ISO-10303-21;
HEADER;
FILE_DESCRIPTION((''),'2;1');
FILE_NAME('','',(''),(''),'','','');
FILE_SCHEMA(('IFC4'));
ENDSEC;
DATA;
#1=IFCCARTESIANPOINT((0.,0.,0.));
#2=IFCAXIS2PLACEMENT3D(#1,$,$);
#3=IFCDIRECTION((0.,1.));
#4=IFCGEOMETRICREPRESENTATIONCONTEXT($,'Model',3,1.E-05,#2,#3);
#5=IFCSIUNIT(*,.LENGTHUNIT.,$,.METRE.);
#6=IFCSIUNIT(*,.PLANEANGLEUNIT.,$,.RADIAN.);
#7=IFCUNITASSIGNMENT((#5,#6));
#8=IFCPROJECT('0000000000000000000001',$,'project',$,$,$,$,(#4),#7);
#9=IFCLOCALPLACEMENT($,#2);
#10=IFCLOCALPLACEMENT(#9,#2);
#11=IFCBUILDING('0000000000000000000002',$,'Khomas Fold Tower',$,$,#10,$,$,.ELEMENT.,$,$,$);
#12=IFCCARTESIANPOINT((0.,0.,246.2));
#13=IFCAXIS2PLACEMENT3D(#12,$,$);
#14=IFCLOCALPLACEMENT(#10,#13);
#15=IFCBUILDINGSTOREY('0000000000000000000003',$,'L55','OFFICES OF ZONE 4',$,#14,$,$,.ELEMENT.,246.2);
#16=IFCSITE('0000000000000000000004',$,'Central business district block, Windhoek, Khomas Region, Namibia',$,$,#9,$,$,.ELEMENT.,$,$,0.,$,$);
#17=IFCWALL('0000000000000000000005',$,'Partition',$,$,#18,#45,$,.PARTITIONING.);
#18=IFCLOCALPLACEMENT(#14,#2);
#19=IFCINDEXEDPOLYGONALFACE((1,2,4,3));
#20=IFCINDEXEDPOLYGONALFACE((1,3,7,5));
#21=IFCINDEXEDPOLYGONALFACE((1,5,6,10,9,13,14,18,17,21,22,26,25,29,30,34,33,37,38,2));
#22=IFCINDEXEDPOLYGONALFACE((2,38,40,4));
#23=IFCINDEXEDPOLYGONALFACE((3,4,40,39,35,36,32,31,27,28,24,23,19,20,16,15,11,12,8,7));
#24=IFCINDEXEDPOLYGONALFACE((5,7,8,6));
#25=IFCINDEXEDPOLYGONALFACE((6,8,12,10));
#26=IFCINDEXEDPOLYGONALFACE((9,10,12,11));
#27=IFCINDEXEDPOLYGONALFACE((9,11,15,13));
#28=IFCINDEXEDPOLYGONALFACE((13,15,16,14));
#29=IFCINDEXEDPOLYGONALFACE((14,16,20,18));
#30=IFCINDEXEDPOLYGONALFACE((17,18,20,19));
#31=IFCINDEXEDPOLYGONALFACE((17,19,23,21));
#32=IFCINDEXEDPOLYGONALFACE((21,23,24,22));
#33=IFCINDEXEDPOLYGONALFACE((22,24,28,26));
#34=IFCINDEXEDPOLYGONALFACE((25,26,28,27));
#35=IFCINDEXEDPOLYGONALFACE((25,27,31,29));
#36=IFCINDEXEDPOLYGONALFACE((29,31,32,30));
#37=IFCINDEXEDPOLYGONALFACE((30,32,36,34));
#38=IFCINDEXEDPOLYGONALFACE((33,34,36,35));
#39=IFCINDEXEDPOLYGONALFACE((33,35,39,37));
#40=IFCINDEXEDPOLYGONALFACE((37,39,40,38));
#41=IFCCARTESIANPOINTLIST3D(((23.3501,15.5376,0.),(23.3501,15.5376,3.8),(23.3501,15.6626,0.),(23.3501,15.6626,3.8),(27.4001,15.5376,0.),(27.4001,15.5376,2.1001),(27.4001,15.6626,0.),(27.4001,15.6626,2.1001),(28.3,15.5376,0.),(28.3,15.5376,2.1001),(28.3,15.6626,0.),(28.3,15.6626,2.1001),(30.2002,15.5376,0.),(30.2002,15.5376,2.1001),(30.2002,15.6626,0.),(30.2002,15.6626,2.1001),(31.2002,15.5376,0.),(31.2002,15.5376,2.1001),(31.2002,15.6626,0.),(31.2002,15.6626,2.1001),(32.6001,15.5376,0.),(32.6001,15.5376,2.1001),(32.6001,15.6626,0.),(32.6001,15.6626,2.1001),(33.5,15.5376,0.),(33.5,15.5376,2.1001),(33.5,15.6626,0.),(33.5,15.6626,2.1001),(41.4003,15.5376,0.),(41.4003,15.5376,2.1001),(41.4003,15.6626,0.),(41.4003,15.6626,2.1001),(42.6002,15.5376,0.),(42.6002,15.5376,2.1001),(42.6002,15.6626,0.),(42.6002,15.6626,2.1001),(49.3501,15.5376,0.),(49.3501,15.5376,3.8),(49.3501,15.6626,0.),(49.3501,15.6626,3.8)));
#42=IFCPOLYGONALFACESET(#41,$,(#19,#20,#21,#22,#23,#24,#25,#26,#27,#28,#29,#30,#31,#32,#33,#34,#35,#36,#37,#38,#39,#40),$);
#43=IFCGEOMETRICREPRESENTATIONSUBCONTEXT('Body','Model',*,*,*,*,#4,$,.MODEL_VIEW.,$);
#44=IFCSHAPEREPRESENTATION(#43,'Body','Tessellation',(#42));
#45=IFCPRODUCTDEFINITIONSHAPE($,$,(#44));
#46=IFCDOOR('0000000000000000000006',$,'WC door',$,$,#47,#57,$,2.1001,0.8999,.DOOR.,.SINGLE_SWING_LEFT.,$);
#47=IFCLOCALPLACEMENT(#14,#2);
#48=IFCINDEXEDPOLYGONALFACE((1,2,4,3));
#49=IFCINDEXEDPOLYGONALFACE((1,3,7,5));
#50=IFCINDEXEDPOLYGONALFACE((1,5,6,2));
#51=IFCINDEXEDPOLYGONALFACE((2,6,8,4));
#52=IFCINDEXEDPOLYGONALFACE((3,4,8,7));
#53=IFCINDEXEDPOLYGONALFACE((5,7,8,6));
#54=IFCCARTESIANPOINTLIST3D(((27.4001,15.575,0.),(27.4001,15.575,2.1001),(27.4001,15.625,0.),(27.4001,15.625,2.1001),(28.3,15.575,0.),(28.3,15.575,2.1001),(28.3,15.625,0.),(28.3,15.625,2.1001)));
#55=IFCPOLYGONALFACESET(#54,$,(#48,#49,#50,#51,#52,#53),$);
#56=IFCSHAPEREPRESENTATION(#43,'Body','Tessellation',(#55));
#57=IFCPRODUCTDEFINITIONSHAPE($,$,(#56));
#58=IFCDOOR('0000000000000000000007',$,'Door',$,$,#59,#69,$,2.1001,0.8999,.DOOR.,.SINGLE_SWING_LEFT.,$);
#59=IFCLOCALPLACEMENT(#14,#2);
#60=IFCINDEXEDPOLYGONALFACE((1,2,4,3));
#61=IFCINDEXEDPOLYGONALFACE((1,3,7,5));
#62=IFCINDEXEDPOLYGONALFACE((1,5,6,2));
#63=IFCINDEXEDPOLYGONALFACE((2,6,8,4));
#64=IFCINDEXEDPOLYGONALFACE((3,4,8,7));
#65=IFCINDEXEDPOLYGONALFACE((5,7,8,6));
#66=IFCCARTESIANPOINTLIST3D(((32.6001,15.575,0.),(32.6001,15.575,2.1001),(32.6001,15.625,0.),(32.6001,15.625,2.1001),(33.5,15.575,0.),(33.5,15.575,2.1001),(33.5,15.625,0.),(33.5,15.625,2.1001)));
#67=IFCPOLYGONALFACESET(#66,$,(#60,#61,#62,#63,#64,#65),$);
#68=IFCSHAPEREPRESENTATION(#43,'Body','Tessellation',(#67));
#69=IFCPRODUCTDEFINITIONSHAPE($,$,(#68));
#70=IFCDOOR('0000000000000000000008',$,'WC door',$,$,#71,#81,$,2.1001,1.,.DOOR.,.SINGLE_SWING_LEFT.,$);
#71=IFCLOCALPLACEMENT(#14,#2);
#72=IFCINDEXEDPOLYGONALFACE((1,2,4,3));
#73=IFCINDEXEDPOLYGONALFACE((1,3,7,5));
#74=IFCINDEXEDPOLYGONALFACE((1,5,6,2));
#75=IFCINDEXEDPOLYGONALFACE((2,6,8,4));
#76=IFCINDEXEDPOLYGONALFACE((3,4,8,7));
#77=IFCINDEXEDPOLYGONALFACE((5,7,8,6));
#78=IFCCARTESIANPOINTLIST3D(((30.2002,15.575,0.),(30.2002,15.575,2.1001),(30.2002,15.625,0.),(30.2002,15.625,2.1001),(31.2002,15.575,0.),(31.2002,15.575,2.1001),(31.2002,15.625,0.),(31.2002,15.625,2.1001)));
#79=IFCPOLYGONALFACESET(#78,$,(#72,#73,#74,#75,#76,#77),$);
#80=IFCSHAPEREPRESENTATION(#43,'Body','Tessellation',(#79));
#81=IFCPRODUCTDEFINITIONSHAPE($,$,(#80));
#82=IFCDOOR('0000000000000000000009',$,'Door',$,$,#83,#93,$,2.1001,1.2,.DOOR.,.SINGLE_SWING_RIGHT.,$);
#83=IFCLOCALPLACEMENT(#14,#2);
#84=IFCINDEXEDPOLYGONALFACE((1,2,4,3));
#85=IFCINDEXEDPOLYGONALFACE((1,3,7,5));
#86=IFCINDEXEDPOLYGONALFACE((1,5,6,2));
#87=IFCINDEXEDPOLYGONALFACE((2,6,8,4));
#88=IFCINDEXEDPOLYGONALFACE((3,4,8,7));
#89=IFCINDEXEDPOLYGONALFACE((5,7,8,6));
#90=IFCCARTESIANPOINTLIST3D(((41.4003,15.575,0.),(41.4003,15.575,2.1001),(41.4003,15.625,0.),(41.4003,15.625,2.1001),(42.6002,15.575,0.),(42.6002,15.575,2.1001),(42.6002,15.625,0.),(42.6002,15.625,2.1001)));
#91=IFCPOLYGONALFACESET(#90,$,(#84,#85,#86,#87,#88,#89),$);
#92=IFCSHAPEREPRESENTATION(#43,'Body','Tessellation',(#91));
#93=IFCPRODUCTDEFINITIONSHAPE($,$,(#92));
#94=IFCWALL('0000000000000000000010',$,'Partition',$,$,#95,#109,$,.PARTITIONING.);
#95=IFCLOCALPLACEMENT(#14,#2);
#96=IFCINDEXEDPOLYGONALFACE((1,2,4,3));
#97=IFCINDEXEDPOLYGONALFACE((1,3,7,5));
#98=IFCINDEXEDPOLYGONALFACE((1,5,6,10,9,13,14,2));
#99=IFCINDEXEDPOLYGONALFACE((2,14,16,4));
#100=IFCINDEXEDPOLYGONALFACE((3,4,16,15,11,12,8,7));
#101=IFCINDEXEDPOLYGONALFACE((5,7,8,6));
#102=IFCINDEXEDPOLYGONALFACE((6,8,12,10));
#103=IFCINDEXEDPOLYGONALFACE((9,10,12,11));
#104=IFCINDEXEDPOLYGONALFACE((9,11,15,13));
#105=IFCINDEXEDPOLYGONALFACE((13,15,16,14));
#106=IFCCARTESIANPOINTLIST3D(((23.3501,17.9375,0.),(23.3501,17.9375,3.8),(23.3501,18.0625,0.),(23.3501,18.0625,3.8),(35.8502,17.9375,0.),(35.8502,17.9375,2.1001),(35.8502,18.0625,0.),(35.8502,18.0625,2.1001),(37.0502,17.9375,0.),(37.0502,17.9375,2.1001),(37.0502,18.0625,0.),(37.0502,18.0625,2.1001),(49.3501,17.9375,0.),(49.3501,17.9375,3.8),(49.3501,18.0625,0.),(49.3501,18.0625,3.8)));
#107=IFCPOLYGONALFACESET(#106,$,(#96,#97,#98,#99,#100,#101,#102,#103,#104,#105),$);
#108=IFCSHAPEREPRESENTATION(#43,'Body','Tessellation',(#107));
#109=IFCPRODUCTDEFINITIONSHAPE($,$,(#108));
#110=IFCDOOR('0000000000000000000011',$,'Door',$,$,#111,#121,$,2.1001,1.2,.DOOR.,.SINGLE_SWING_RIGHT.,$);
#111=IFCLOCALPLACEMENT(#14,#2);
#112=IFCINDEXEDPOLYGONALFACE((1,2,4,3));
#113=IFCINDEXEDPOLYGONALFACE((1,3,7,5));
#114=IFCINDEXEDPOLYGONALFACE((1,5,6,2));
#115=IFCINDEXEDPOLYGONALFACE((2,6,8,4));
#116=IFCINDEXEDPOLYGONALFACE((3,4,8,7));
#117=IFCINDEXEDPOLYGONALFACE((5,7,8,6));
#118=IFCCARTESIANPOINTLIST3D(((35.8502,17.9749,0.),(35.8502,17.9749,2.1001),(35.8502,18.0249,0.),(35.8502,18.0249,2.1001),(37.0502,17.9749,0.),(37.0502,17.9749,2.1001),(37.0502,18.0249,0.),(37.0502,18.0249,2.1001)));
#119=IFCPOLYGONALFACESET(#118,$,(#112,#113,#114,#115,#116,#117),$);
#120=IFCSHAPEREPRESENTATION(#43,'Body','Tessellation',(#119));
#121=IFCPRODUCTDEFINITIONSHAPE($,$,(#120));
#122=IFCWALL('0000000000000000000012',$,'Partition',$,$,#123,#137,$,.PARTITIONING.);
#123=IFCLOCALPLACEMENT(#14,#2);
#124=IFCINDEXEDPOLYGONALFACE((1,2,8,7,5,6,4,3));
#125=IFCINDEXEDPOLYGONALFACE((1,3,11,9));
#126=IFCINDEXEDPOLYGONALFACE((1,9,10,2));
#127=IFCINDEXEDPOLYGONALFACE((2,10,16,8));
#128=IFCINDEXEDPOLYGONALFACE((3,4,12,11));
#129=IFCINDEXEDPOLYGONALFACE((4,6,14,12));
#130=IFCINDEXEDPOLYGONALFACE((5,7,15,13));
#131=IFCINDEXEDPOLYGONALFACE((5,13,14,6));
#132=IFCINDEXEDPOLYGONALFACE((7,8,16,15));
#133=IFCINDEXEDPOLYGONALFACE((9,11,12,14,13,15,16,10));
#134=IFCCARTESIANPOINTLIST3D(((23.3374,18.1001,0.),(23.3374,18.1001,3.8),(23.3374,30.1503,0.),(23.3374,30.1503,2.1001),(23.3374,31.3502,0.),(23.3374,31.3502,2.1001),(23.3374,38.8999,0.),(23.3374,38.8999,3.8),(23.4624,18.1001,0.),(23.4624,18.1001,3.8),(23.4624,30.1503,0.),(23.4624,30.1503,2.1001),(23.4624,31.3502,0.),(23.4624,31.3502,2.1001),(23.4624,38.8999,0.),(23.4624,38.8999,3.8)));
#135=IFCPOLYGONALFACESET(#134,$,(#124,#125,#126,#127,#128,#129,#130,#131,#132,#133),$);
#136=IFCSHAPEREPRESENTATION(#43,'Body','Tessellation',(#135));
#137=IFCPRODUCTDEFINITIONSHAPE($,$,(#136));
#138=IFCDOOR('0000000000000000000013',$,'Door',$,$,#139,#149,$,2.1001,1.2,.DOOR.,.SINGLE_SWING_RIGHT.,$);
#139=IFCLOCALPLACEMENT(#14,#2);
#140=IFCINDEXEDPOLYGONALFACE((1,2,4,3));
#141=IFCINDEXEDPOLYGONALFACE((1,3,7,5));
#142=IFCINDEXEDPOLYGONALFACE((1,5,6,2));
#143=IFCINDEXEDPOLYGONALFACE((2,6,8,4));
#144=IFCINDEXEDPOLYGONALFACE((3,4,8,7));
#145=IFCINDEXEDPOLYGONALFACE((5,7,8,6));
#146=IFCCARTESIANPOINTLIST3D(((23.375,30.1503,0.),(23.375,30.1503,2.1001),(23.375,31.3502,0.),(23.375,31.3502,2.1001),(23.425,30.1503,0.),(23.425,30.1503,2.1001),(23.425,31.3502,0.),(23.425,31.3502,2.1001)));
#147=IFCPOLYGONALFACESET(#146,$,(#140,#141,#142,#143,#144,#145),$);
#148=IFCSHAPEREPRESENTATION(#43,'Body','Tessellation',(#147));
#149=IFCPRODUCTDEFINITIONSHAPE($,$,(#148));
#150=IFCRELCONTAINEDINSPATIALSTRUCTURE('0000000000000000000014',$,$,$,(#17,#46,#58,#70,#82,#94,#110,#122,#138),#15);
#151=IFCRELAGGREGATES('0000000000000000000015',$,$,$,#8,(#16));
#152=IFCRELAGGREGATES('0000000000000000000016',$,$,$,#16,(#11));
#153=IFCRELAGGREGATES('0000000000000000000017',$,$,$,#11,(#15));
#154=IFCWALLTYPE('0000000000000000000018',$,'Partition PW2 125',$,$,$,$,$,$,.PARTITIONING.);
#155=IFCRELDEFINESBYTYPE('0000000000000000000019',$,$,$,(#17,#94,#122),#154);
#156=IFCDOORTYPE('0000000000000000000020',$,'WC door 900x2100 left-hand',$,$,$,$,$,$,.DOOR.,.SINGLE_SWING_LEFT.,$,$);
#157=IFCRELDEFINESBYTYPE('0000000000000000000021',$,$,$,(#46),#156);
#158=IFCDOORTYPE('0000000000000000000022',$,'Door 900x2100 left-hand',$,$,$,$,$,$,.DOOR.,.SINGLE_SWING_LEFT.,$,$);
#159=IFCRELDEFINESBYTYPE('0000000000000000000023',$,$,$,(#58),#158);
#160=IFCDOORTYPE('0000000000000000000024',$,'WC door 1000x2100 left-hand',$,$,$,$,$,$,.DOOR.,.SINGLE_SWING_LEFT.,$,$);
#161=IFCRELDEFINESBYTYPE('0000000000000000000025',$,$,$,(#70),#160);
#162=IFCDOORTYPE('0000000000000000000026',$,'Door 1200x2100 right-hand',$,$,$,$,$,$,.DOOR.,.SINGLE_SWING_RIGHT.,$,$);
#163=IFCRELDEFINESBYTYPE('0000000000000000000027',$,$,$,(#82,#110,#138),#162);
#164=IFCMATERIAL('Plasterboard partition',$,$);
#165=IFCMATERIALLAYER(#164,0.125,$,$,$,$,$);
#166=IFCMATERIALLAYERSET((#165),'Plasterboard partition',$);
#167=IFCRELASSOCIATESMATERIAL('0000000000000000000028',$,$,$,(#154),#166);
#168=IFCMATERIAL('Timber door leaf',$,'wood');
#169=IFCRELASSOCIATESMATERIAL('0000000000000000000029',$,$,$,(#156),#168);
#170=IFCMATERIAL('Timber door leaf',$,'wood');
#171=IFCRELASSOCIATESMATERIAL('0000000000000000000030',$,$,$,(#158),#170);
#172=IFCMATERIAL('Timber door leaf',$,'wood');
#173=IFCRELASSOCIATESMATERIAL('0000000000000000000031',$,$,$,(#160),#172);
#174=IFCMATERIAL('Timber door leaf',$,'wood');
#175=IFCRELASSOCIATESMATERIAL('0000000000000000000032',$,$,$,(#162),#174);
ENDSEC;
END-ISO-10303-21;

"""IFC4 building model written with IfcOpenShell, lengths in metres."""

from ifc_helpers import new_model, si_unit, direction, frame, frame_2d, origin, place, context, subcontext, project, spatial, rectangle, extrude, source, transform, mapped, material, layer, layer_set, type_object, element, fill, save


model = new_model("IFC4")

# Units and contexts
model_context = context("Model", 3, precision=1e-05, world=origin(), true_north=direction((0.0, 1.0)))
body_context = subcontext(model_context, "Body", "Model", "MODEL_VIEW")
ifc_project = project(units=[si_unit("LENGTHUNIT", "METRE"), si_unit("PLANEANGLEUNIT", "RADIAN")], contexts=[model_context])

# Site, building, storey
site_placement = place(None, origin())
site = spatial("IfcSite", under=ifc_project, at=site_placement, Name="Central business district block, Windhoek, Khomas Region, Namibia", CompositionType="ELEMENT", RefElevation=0.0)
building_placement = place(site_placement, origin())
building = spatial("IfcBuilding", under=site, at=building_placement, Name="Khomas Fold Tower", CompositionType="ELEMENT")
storey_placement = place(building_placement, frame((0.0, 0.0, 246.2)))
storey = spatial("IfcBuildingStorey", under=building, at=storey_placement, Name="L55", Description="OFFICES OF ZONE 4", CompositionType="ELEMENT", Elevation=246.2)

# Wall, openings, doors
ifc_material_1 = material(Name="Plasterboard partition")
ifc_layer_1 = layer(ifc_material_1, 0.125)
ifc_layer_set_1 = layer_set([ifc_layer_1], Name="Plasterboard partition")
wall_type_1 = type_object("IfcWallType", Name="Partition PW2 125", PredefinedType="PARTITIONING", material=ifc_layer_set_1)
shared_shape_1 = source(origin(), body_context, "Body", "SweptSolid", [
    extrude(rectangle(XDim=26.0, YDim=0.125, at=frame_2d((13.0, 0.0))), origin(), (0.0, 0.0, 1.0), 3.8),
])
wall_1_placement = place(storey_placement, frame((23.3501, 15.6001, 0.0), z_axis=(0.0, 0.0, 1.0), x_axis=(1.0, 0.0, 0.0)))
wall_1 = element("IfcWall", 1, at=wall_1_placement, inside=storey, type_object=wall_type_1, Name="Partition", PredefinedType="PARTITIONING", context=body_context, shape_type="MappedRepresentation", body=[
    mapped(shared_shape_1, transform((0.0, 0.0, 0.0))),
])
shared_shape_2 = source(origin(), body_context, "Body", "SweptSolid", [
    extrude(rectangle(XDim=0.8999, YDim=2.1001, at=frame_2d((0.45, 1.05))), frame((0.0, 0.0725, 0.0), z_axis=(0.0, -1.0, 0.0), x_axis=(1.0, 0.0, 0.0)), (0.0, 0.0, 1.0), 0.145),
])
opening_1_placement = place(wall_1_placement, frame((4.05, 0.0, 0.0)))
opening_1 = element("IfcOpeningElement", 2, at=opening_1_placement, cuts=wall_1, PredefinedType="OPENING", context=body_context, shape_type="MappedRepresentation", body=[
    mapped(shared_shape_2, transform((0.0, 0.0, 0.0))),
])
shared_shape_3 = source(origin(), body_context, "Body", "SweptSolid", [
    extrude(rectangle(XDim=1.0, YDim=2.1001, at=frame_2d((0.5, 1.05))), frame((0.0, 0.0725, 0.0), z_axis=(0.0, -1.0, 0.0), x_axis=(1.0, 0.0, 0.0)), (0.0, 0.0, 1.0), 0.145),
])
opening_2_placement = place(wall_1_placement, frame((6.8501, 0.0, 0.0)))
opening_2 = element("IfcOpeningElement", 3, at=opening_2_placement, cuts=wall_1, PredefinedType="OPENING", context=body_context, shape_type="MappedRepresentation", body=[
    mapped(shared_shape_3, transform((0.0, 0.0, 0.0))),
])
opening_3_placement = place(wall_1_placement, frame((9.25, 0.0, 0.0)))
opening_3 = element("IfcOpeningElement", 4, at=opening_3_placement, cuts=wall_1, PredefinedType="OPENING", context=body_context, shape_type="MappedRepresentation", body=[
    mapped(shared_shape_2, transform((0.0, 0.0, 0.0))),
])
shared_shape_4 = source(origin(), body_context, "Body", "SweptSolid", [
    extrude(rectangle(XDim=1.2, YDim=2.1001, at=frame_2d((0.6001, 1.05))), frame((0.0, 0.0725, 0.0), z_axis=(0.0, -1.0, 0.0), x_axis=(1.0, 0.0, 0.0)), (0.0, 0.0, 1.0), 0.145),
])
opening_4_placement = place(wall_1_placement, frame((18.05, 0.0, 0.0)))
opening_4 = element("IfcOpeningElement", 5, at=opening_4_placement, cuts=wall_1, PredefinedType="OPENING", context=body_context, shape_type="MappedRepresentation", body=[
    mapped(shared_shape_4, transform((0.0, 0.0, 0.0))),
])
ifc_material_2 = material(Name="Timber door leaf", Category="wood")
door_type_1 = type_object("IfcDoorType", Name="WC door 900x2100 left-hand", OperationType="SINGLE_SWING_LEFT", PredefinedType="DOOR", material=ifc_material_2)
shared_shape_5 = source(origin(), body_context, "Body", "SweptSolid", [
    extrude(rectangle(XDim=0.8999, YDim=2.1001, at=frame_2d((0.45, 1.05))), frame((0.0, 0.0249, 0.0), z_axis=(0.0, -1.0, 0.0), x_axis=(1.0, 0.0, 0.0)), (0.0, 0.0, 1.0), 0.05),
])
door_1_placement = place(opening_1_placement, origin())
door_1 = element("IfcDoor", 6, at=door_1_placement, inside=storey, type_object=door_type_1, Name="WC door", OperationType="SINGLE_SWING_LEFT", OverallHeight=2.1001, OverallWidth=0.8999, PredefinedType="DOOR", context=body_context, shape_type="MappedRepresentation", body=[
    mapped(shared_shape_5, transform((0.0, 0.0, 0.0))),
])
fill(opening_1, door_1)
ifc_material_3 = material(Name="Timber door leaf", Category="wood")
door_type_2 = type_object("IfcDoorType", Name="Door 900x2100 left-hand", OperationType="SINGLE_SWING_LEFT", PredefinedType="DOOR", material=ifc_material_3)
door_2_placement = place(opening_3_placement, origin())
door_2 = element("IfcDoor", 7, at=door_2_placement, inside=storey, type_object=door_type_2, Name="Door", OperationType="SINGLE_SWING_LEFT", OverallHeight=2.1001, OverallWidth=0.8999, PredefinedType="DOOR", context=body_context, shape_type="MappedRepresentation", body=[
    mapped(shared_shape_5, transform((0.0, 0.0, 0.0))),
])
fill(opening_3, door_2)
ifc_material_4 = material(Name="Timber door leaf", Category="wood")
door_type_3 = type_object("IfcDoorType", Name="WC door 1000x2100 left-hand", OperationType="SINGLE_SWING_LEFT", PredefinedType="DOOR", material=ifc_material_4)
shared_shape_6 = source(origin(), body_context, "Body", "SweptSolid", [
    extrude(rectangle(XDim=1.0, YDim=2.1001, at=frame_2d((0.5, 1.05))), frame((0.0, 0.0249, 0.0), z_axis=(0.0, -1.0, 0.0), x_axis=(1.0, 0.0, 0.0)), (0.0, 0.0, 1.0), 0.05),
])
door_3_placement = place(opening_2_placement, origin())
door_3 = element("IfcDoor", 8, at=door_3_placement, inside=storey, type_object=door_type_3, Name="WC door", OperationType="SINGLE_SWING_LEFT", OverallHeight=2.1001, OverallWidth=1.0, PredefinedType="DOOR", context=body_context, shape_type="MappedRepresentation", body=[
    mapped(shared_shape_6, transform((0.0, 0.0, 0.0))),
])
fill(opening_2, door_3)
ifc_material_5 = material(Name="Timber door leaf", Category="wood")
door_type_4 = type_object("IfcDoorType", Name="Door 1200x2100 right-hand", OperationType="SINGLE_SWING_RIGHT", PredefinedType="DOOR", material=ifc_material_5)
shared_shape_7 = source(origin(), body_context, "Body", "SweptSolid", [
    extrude(rectangle(XDim=1.2, YDim=2.1001, at=frame_2d((0.6001, 1.05))), frame((0.0, 0.0249, 0.0), z_axis=(0.0, -1.0, 0.0), x_axis=(1.0, 0.0, 0.0)), (0.0, 0.0, 1.0), 0.05),
])
door_4_placement = place(opening_4_placement, origin())
door_4 = element("IfcDoor", 9, at=door_4_placement, inside=storey, type_object=door_type_4, Name="Door", OperationType="SINGLE_SWING_RIGHT", OverallHeight=2.1001, OverallWidth=1.2, PredefinedType="DOOR", context=body_context, shape_type="MappedRepresentation", body=[
    mapped(shared_shape_7, transform((0.0, 0.0, 0.0))),
])
fill(opening_4, door_4)

# Walls, openings, doors
wall_2_placement = place(storey_placement, frame((23.3501, 18.0, 0.0), z_axis=(0.0, 0.0, 1.0), x_axis=(1.0, 0.0, 0.0)))
wall_2 = element("IfcWall", 10, at=wall_2_placement, inside=storey, type_object=wall_type_1, Name="Partition", PredefinedType="PARTITIONING", context=body_context, shape_type="MappedRepresentation", body=[
    mapped(shared_shape_1, transform((0.0, 0.0, 0.0))),
])
opening_5_placement = place(wall_2_placement, frame((12.5, 0.0, 0.0)))
opening_5 = element("IfcOpeningElement", 11, at=opening_5_placement, cuts=wall_2, PredefinedType="OPENING", context=body_context, shape_type="MappedRepresentation", body=[
    mapped(shared_shape_4, transform((0.0, 0.0, 0.0))),
])
door_5_placement = place(opening_5_placement, origin())
door_5 = element("IfcDoor", 12, at=door_5_placement, inside=storey, type_object=door_type_4, Name="Door", OperationType="SINGLE_SWING_RIGHT", OverallHeight=2.1001, OverallWidth=1.2, PredefinedType="DOOR", context=body_context, shape_type="MappedRepresentation", body=[
    mapped(shared_shape_7, transform((0.0, 0.0, 0.0))),
])
fill(opening_5, door_5)
shared_shape_8 = source(origin(), body_context, "Body", "SweptSolid", [
    extrude(rectangle(XDim=20.7998, YDim=0.125, at=frame_2d((10.3999, 0.0))), origin(), (0.0, 0.0, 1.0), 3.8),
])
wall_3_placement = place(storey_placement, frame((23.3999, 18.1001, 0.0), z_axis=(0.0, 0.0, 1.0), x_axis=(0.0, 1.0, 0.0)))
wall_3 = element("IfcWall", 13, at=wall_3_placement, inside=storey, type_object=wall_type_1, Name="Partition", PredefinedType="PARTITIONING", context=body_context, shape_type="MappedRepresentation", body=[
    mapped(shared_shape_8, transform((0.0, 0.0, 0.0))),
])
opening_6_placement = place(wall_3_placement, frame((12.05, 0.0, 0.0)))
opening_6 = element("IfcOpeningElement", 14, at=opening_6_placement, cuts=wall_3, PredefinedType="OPENING", context=body_context, shape_type="MappedRepresentation", body=[
    mapped(shared_shape_4, transform((0.0, 0.0, 0.0))),
])
door_6_placement = place(opening_6_placement, origin())
door_6 = element("IfcDoor", 15, at=door_6_placement, inside=storey, type_object=door_type_4, Name="Door", OperationType="SINGLE_SWING_RIGHT", OverallHeight=2.1001, OverallWidth=1.2, PredefinedType="DOOR", context=body_context, shape_type="MappedRepresentation", body=[
    mapped(shared_shape_7, transform((0.0, 0.0, 0.0))),
])
fill(opening_6, door_6)

save(model, "model.ifc")
